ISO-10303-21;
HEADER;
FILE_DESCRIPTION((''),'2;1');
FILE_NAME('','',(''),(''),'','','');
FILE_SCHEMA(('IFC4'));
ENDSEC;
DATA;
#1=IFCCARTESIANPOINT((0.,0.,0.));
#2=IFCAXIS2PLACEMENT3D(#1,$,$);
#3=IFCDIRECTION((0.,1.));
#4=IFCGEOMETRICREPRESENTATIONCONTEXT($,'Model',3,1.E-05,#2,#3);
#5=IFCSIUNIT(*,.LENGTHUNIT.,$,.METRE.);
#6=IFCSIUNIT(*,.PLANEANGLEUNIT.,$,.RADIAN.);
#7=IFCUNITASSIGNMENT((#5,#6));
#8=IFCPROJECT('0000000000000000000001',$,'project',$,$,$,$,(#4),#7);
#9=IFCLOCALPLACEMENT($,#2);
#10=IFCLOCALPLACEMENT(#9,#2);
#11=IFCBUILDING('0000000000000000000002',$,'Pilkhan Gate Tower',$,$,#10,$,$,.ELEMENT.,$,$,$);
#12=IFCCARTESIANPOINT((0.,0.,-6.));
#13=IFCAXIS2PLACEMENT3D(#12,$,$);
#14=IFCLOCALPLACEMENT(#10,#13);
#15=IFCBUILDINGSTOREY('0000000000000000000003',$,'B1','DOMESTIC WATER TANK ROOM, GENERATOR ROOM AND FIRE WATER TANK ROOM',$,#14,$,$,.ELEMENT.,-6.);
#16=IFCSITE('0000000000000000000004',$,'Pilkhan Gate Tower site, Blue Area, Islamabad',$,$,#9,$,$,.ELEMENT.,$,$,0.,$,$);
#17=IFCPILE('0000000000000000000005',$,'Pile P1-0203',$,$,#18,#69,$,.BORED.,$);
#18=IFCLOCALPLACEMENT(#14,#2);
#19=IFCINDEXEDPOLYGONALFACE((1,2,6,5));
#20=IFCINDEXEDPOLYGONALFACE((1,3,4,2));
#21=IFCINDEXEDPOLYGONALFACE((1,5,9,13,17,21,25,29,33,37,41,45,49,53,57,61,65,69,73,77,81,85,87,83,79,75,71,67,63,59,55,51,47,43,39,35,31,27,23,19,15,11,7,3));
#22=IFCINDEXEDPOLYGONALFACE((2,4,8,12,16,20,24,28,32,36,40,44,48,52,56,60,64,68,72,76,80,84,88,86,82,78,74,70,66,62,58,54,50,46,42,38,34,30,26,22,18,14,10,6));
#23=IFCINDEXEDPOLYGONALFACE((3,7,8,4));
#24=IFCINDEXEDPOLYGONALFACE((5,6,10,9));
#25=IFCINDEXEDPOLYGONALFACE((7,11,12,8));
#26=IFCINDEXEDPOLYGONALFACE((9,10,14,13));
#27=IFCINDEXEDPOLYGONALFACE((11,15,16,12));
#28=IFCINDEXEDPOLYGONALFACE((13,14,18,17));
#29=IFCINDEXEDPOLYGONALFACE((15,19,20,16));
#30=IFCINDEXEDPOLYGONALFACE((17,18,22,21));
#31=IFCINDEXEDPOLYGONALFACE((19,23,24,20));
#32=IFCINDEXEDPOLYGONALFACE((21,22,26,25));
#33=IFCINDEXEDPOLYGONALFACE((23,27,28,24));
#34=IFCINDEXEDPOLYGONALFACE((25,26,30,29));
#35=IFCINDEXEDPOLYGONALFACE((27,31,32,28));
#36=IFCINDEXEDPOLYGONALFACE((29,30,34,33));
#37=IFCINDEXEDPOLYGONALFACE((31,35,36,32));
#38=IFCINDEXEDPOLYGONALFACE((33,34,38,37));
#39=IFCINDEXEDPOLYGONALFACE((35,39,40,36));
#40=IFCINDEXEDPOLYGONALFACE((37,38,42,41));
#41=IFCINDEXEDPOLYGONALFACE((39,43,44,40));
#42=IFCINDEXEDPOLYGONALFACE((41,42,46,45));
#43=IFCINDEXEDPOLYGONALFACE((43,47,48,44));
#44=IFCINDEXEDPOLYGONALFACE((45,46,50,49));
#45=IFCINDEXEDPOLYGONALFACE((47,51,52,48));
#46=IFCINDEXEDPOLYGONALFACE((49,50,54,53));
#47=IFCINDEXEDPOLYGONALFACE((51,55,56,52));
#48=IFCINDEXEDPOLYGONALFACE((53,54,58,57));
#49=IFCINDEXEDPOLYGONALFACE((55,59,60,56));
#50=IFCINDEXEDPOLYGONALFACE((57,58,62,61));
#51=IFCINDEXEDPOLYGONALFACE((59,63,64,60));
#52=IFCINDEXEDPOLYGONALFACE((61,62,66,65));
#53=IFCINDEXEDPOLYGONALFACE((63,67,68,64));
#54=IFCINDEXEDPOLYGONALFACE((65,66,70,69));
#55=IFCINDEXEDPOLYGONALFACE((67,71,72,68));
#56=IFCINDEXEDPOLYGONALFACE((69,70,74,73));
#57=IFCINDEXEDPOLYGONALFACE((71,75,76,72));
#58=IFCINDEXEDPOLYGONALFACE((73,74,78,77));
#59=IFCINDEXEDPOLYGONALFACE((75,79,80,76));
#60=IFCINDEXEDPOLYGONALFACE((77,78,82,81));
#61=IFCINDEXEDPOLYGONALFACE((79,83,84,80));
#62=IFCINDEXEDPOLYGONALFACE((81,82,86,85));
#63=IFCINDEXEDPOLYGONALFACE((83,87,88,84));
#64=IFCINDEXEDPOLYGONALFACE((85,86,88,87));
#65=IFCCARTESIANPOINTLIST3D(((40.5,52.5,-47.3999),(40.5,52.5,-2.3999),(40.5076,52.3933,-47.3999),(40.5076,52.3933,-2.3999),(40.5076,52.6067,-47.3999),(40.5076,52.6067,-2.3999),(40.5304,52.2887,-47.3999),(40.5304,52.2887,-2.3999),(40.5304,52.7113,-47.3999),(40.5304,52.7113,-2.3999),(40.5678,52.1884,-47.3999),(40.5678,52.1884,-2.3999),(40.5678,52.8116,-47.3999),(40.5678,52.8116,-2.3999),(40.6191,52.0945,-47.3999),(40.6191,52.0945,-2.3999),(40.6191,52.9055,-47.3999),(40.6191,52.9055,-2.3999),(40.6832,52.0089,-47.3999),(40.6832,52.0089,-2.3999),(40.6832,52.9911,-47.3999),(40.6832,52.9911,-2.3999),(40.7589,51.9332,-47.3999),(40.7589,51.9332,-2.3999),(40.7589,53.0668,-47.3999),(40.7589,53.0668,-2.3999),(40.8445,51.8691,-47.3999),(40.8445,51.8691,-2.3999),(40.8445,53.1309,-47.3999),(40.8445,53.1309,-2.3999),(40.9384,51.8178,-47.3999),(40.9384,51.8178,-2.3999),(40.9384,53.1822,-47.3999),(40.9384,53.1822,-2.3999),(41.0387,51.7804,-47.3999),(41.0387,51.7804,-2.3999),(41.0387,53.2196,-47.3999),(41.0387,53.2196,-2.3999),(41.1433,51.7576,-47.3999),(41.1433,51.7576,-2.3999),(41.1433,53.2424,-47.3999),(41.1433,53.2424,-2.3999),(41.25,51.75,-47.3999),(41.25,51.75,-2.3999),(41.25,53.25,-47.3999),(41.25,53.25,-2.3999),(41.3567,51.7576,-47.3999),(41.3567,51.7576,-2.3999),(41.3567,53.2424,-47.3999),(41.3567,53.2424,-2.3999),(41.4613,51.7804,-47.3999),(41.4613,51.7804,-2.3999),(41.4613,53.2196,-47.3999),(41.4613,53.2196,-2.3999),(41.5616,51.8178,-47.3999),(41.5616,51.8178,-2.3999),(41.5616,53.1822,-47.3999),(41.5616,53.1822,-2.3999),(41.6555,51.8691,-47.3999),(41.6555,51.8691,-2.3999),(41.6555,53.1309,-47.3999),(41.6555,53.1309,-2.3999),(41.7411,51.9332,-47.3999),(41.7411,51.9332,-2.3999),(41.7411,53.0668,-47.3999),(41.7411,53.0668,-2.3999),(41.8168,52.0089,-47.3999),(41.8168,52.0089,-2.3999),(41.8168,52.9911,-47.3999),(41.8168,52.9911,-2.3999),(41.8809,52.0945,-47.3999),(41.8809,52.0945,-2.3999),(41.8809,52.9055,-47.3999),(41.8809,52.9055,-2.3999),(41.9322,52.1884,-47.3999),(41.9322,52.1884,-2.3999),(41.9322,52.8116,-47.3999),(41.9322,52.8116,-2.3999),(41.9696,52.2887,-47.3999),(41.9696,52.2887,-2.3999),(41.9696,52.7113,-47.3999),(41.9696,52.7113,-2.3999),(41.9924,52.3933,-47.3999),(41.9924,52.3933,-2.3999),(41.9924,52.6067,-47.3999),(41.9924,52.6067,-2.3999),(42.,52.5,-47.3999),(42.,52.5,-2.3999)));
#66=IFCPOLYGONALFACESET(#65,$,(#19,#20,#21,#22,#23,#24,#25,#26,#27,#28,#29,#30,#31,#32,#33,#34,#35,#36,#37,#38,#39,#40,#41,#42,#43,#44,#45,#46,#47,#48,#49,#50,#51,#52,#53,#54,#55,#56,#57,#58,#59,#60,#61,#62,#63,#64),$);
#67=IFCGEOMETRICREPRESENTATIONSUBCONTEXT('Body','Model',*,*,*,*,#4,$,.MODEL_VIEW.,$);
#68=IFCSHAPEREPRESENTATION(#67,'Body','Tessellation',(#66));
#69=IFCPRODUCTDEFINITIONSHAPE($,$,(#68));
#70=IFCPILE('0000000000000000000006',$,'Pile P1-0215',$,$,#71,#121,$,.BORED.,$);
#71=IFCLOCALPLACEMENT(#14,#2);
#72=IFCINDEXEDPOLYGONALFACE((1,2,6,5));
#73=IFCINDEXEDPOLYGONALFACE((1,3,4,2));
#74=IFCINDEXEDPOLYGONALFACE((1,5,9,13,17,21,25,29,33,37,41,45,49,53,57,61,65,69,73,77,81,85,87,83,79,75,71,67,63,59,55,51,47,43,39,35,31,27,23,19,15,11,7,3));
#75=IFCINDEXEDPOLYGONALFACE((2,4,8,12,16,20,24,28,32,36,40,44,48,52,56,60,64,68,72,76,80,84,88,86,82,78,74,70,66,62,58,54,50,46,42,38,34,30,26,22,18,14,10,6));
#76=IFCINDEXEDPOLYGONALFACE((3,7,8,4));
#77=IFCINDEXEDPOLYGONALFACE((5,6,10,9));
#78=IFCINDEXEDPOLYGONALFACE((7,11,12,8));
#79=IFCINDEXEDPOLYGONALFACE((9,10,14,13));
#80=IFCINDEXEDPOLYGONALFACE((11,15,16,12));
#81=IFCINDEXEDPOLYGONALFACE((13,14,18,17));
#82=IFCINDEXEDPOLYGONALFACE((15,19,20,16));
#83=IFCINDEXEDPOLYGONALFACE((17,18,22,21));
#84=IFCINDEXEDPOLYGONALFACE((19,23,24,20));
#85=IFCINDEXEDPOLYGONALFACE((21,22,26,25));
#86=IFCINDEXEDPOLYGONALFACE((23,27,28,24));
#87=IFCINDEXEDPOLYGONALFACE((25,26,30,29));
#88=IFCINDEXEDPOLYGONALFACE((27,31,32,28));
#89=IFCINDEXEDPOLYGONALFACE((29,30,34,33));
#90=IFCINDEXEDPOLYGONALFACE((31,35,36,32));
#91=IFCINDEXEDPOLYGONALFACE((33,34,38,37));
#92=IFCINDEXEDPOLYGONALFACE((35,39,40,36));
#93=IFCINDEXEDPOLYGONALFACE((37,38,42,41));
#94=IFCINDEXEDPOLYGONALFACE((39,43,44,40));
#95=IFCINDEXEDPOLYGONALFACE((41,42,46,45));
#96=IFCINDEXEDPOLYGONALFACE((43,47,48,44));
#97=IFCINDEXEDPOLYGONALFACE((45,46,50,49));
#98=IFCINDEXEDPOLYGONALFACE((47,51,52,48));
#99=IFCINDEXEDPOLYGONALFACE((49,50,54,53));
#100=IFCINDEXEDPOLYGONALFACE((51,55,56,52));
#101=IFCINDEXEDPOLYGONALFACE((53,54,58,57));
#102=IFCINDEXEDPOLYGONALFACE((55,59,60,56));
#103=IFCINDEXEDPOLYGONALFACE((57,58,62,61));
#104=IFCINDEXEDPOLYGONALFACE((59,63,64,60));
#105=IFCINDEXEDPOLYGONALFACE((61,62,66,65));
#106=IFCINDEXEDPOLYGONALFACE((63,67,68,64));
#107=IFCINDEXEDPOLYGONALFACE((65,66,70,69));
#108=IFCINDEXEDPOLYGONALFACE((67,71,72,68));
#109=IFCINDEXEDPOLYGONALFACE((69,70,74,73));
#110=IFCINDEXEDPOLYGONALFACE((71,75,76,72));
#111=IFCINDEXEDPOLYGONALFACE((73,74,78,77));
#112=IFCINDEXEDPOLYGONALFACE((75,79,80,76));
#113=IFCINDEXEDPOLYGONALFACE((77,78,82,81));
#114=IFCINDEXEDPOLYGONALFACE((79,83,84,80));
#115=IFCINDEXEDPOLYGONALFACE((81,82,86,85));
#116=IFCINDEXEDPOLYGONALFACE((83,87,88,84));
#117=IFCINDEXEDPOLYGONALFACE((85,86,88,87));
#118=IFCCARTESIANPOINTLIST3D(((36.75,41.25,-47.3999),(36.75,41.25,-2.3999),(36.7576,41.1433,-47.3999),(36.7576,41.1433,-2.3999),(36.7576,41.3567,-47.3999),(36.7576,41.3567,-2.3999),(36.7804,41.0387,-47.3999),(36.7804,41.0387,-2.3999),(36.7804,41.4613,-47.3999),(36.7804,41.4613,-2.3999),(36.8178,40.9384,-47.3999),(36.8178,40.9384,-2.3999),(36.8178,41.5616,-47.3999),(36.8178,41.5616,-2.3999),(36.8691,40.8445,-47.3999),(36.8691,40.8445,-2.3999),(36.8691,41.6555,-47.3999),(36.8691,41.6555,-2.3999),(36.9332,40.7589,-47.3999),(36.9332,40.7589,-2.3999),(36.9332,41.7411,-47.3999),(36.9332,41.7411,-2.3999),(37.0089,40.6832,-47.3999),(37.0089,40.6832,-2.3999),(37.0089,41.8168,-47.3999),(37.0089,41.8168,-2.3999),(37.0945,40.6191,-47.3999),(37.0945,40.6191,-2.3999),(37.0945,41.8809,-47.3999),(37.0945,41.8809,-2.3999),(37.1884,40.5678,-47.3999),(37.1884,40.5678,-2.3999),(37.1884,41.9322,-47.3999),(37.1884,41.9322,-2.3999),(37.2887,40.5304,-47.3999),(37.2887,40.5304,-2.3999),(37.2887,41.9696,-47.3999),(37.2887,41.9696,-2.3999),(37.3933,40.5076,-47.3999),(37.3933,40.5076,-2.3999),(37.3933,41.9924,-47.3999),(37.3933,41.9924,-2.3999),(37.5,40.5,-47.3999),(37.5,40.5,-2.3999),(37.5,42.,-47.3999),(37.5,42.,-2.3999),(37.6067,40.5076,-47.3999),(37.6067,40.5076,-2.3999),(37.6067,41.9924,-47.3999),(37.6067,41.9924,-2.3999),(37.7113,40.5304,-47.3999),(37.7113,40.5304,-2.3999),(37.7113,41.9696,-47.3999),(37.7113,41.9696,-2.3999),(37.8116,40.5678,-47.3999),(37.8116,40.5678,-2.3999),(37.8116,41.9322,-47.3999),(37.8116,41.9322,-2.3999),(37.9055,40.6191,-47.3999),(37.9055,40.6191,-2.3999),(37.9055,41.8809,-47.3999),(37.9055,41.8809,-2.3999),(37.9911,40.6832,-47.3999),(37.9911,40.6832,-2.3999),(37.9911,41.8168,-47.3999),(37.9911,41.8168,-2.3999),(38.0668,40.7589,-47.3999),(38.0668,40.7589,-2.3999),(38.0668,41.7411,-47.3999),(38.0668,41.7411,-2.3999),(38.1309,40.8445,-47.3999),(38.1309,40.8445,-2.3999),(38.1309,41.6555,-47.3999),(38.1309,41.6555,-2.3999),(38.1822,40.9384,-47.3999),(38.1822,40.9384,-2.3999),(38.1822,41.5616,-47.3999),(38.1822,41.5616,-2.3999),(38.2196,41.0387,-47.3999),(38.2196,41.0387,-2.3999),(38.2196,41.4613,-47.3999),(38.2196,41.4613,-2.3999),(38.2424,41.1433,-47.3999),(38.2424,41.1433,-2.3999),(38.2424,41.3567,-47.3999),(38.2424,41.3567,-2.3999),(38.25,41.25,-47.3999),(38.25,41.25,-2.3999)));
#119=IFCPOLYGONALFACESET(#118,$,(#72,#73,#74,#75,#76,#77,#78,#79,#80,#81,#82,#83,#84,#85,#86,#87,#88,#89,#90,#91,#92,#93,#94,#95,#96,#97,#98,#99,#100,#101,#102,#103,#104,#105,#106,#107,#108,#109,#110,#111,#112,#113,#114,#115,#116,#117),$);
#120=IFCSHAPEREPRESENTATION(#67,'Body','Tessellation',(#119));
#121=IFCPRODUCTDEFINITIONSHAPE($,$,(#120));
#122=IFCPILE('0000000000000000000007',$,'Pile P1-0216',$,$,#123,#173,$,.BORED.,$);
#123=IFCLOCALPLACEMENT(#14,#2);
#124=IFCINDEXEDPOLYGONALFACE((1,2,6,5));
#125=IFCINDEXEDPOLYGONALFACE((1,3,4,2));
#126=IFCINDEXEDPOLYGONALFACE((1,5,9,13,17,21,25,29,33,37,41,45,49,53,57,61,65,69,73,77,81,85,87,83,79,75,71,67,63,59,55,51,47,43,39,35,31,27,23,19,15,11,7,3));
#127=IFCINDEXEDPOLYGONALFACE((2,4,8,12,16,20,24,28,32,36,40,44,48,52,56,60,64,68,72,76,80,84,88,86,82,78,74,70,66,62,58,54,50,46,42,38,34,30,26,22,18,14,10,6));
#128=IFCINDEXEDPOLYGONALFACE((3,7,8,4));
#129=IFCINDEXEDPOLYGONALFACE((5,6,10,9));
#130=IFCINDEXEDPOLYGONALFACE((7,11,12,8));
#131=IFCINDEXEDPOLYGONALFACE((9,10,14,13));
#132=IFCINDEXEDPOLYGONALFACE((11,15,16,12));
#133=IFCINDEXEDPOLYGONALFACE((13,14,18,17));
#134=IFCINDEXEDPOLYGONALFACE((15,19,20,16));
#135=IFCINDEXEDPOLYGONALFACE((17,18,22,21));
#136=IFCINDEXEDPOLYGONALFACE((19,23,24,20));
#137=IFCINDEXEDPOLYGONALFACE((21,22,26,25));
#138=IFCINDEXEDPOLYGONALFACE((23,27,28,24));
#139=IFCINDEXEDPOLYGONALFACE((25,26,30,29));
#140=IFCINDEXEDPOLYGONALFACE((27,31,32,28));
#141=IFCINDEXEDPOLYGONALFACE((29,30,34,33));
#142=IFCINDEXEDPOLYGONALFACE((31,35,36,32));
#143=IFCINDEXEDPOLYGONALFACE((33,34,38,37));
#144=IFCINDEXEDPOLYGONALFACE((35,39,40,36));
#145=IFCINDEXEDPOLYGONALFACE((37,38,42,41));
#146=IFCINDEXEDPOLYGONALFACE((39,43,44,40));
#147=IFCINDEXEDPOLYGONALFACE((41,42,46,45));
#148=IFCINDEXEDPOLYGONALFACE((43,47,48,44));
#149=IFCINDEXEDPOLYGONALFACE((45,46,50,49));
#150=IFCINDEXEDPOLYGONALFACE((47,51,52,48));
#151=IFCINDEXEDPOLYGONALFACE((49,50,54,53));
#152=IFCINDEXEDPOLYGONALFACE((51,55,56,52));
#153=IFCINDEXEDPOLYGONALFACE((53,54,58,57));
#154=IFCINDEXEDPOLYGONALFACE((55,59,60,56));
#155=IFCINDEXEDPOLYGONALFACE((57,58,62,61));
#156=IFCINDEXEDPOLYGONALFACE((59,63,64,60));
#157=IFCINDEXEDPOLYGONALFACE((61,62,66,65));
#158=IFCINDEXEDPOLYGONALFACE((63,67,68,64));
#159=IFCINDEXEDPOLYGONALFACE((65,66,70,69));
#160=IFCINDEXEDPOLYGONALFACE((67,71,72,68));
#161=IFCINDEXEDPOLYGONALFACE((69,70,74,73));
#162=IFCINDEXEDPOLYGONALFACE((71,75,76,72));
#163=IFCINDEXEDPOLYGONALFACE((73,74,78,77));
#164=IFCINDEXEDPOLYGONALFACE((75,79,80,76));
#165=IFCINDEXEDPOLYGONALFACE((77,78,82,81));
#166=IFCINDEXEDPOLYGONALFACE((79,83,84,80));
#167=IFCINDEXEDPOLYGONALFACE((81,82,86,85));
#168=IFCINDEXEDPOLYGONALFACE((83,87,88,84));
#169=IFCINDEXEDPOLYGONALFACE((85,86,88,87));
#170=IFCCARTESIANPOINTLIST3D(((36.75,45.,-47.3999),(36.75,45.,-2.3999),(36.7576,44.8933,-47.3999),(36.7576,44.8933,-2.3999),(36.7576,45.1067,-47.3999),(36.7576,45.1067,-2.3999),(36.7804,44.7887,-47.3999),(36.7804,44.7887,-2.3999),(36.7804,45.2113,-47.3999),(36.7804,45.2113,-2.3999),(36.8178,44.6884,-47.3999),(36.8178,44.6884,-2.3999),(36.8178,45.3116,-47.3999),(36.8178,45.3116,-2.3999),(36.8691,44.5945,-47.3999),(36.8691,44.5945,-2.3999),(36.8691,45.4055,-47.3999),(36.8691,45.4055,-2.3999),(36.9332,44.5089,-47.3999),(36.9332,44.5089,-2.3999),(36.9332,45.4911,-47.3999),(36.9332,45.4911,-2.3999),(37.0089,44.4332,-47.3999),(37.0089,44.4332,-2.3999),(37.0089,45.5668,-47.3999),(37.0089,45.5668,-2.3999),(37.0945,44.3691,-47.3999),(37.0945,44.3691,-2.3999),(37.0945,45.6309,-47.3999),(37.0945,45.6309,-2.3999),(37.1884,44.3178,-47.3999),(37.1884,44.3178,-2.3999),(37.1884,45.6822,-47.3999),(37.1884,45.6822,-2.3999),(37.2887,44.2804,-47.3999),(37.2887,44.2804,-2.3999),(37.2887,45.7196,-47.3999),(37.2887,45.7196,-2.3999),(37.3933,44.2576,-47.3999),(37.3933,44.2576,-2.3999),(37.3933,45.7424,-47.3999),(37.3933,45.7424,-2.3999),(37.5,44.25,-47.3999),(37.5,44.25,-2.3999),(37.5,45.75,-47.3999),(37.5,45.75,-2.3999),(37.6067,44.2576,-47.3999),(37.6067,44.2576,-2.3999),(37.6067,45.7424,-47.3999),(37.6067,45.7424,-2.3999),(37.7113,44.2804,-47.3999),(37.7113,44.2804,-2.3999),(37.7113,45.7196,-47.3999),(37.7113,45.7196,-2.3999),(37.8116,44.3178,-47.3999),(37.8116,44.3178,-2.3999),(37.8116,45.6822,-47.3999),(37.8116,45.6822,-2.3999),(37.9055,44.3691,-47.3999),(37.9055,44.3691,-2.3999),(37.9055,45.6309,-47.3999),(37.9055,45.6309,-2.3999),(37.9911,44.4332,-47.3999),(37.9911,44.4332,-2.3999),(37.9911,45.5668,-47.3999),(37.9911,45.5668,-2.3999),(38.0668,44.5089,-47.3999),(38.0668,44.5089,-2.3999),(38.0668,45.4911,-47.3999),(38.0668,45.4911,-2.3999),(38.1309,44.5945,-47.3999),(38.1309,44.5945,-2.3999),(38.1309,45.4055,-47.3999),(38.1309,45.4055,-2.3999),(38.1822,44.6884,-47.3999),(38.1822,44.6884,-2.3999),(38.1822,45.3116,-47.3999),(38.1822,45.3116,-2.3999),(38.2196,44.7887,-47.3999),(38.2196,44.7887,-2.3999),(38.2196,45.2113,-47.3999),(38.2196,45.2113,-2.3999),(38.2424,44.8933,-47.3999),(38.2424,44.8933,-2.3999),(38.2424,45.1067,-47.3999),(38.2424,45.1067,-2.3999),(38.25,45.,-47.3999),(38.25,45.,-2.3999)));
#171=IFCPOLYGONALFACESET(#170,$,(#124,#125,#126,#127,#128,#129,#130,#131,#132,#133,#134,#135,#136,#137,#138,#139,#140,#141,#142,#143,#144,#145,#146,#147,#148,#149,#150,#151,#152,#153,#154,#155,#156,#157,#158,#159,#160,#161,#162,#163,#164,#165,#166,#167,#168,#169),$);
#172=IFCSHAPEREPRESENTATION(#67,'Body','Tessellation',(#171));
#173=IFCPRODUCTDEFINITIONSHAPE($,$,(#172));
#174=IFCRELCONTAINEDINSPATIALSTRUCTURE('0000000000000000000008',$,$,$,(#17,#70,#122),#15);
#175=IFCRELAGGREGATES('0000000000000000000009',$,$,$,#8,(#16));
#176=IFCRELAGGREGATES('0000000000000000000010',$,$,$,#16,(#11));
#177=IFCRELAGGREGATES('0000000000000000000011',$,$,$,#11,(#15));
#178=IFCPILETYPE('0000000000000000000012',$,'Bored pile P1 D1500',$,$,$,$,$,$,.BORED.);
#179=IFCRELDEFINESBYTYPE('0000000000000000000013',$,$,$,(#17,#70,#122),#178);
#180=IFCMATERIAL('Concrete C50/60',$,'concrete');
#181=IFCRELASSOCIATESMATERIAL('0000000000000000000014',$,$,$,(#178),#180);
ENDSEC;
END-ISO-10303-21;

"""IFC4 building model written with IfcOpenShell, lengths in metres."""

from ifc_helpers import new_model, si_unit, direction, frame, origin, origin_2d, place, context, subcontext, project, spatial, circle, extrude, material, material_profile, profile_set, type_object, element, save


model = new_model("IFC4")

# Units and contexts
model_context = context("Model", 3, precision=1e-05, world=origin(), true_north=direction((0.0, 1.0)))
body_context = subcontext(model_context, "Body", "Model", "MODEL_VIEW")
ifc_project = project(units=[si_unit("LENGTHUNIT", "METRE"), si_unit("PLANEANGLEUNIT", "RADIAN")], contexts=[model_context])

# Site, building, storey
site_placement = place(None, origin())
site = spatial("IfcSite", under=ifc_project, at=site_placement, Name="Pilkhan Gate Tower site, Blue Area, Islamabad", CompositionType="ELEMENT", RefElevation=0.0)
building_placement = place(site_placement, origin())
building = spatial("IfcBuilding", under=site, at=building_placement, Name="Pilkhan Gate Tower", CompositionType="ELEMENT")
storey_placement = place(building_placement, frame((0.0, 0.0, -6.0)))
storey = spatial("IfcBuildingStorey", under=building, at=storey_placement, Name="B1", Description="DOMESTIC WATER TANK ROOM, GENERATOR ROOM AND FIRE WATER TANK ROOM", CompositionType="ELEMENT", Elevation=-6.0)

# Piles
ifc_material_1 = material(Name="Concrete C50/60", Category="concrete")
ifc_material_profile = material_profile(ifc_material_1, circle(Radius=0.75, at=origin_2d()), Name="Bored pile 1500 dia")
ifc_profile_set = profile_set([ifc_material_profile], Name="Concrete C50/60")
pile_type = type_object("IfcPileType", Name="Bored pile P1 D1500", PredefinedType="BORED", material=ifc_profile_set)
for number, where, z_axis, x_axis, name in (
    (1, (41.25, 52.5, -2.3999), (0.0, 0.0, -1.0), (1.0, 0.0, 0.0), "Pile P1-0203"),
    (2, (37.5, 41.25, -2.3999), (0.0, 0.0, -1.0), (1.0, 0.0, 0.0), "Pile P1-0215"),
    (3, (37.5, 45.0, -2.3999), (0.0, 0.0, -1.0), (1.0, 0.0, 0.0), "Pile P1-0216"),
):
    element("IfcPile", number, at=place(storey_placement, frame(where, z_axis=z_axis, x_axis=x_axis)), inside=storey, type_object=pile_type, Name=name, PredefinedType="BORED", context=body_context, shape_type="SweptSolid", body=[
        extrude(circle(Radius=0.75, at=origin_2d()), origin(), (0.0, 0.0, 1.0), 45.0),
    ])

save(model, "model.ifc")
